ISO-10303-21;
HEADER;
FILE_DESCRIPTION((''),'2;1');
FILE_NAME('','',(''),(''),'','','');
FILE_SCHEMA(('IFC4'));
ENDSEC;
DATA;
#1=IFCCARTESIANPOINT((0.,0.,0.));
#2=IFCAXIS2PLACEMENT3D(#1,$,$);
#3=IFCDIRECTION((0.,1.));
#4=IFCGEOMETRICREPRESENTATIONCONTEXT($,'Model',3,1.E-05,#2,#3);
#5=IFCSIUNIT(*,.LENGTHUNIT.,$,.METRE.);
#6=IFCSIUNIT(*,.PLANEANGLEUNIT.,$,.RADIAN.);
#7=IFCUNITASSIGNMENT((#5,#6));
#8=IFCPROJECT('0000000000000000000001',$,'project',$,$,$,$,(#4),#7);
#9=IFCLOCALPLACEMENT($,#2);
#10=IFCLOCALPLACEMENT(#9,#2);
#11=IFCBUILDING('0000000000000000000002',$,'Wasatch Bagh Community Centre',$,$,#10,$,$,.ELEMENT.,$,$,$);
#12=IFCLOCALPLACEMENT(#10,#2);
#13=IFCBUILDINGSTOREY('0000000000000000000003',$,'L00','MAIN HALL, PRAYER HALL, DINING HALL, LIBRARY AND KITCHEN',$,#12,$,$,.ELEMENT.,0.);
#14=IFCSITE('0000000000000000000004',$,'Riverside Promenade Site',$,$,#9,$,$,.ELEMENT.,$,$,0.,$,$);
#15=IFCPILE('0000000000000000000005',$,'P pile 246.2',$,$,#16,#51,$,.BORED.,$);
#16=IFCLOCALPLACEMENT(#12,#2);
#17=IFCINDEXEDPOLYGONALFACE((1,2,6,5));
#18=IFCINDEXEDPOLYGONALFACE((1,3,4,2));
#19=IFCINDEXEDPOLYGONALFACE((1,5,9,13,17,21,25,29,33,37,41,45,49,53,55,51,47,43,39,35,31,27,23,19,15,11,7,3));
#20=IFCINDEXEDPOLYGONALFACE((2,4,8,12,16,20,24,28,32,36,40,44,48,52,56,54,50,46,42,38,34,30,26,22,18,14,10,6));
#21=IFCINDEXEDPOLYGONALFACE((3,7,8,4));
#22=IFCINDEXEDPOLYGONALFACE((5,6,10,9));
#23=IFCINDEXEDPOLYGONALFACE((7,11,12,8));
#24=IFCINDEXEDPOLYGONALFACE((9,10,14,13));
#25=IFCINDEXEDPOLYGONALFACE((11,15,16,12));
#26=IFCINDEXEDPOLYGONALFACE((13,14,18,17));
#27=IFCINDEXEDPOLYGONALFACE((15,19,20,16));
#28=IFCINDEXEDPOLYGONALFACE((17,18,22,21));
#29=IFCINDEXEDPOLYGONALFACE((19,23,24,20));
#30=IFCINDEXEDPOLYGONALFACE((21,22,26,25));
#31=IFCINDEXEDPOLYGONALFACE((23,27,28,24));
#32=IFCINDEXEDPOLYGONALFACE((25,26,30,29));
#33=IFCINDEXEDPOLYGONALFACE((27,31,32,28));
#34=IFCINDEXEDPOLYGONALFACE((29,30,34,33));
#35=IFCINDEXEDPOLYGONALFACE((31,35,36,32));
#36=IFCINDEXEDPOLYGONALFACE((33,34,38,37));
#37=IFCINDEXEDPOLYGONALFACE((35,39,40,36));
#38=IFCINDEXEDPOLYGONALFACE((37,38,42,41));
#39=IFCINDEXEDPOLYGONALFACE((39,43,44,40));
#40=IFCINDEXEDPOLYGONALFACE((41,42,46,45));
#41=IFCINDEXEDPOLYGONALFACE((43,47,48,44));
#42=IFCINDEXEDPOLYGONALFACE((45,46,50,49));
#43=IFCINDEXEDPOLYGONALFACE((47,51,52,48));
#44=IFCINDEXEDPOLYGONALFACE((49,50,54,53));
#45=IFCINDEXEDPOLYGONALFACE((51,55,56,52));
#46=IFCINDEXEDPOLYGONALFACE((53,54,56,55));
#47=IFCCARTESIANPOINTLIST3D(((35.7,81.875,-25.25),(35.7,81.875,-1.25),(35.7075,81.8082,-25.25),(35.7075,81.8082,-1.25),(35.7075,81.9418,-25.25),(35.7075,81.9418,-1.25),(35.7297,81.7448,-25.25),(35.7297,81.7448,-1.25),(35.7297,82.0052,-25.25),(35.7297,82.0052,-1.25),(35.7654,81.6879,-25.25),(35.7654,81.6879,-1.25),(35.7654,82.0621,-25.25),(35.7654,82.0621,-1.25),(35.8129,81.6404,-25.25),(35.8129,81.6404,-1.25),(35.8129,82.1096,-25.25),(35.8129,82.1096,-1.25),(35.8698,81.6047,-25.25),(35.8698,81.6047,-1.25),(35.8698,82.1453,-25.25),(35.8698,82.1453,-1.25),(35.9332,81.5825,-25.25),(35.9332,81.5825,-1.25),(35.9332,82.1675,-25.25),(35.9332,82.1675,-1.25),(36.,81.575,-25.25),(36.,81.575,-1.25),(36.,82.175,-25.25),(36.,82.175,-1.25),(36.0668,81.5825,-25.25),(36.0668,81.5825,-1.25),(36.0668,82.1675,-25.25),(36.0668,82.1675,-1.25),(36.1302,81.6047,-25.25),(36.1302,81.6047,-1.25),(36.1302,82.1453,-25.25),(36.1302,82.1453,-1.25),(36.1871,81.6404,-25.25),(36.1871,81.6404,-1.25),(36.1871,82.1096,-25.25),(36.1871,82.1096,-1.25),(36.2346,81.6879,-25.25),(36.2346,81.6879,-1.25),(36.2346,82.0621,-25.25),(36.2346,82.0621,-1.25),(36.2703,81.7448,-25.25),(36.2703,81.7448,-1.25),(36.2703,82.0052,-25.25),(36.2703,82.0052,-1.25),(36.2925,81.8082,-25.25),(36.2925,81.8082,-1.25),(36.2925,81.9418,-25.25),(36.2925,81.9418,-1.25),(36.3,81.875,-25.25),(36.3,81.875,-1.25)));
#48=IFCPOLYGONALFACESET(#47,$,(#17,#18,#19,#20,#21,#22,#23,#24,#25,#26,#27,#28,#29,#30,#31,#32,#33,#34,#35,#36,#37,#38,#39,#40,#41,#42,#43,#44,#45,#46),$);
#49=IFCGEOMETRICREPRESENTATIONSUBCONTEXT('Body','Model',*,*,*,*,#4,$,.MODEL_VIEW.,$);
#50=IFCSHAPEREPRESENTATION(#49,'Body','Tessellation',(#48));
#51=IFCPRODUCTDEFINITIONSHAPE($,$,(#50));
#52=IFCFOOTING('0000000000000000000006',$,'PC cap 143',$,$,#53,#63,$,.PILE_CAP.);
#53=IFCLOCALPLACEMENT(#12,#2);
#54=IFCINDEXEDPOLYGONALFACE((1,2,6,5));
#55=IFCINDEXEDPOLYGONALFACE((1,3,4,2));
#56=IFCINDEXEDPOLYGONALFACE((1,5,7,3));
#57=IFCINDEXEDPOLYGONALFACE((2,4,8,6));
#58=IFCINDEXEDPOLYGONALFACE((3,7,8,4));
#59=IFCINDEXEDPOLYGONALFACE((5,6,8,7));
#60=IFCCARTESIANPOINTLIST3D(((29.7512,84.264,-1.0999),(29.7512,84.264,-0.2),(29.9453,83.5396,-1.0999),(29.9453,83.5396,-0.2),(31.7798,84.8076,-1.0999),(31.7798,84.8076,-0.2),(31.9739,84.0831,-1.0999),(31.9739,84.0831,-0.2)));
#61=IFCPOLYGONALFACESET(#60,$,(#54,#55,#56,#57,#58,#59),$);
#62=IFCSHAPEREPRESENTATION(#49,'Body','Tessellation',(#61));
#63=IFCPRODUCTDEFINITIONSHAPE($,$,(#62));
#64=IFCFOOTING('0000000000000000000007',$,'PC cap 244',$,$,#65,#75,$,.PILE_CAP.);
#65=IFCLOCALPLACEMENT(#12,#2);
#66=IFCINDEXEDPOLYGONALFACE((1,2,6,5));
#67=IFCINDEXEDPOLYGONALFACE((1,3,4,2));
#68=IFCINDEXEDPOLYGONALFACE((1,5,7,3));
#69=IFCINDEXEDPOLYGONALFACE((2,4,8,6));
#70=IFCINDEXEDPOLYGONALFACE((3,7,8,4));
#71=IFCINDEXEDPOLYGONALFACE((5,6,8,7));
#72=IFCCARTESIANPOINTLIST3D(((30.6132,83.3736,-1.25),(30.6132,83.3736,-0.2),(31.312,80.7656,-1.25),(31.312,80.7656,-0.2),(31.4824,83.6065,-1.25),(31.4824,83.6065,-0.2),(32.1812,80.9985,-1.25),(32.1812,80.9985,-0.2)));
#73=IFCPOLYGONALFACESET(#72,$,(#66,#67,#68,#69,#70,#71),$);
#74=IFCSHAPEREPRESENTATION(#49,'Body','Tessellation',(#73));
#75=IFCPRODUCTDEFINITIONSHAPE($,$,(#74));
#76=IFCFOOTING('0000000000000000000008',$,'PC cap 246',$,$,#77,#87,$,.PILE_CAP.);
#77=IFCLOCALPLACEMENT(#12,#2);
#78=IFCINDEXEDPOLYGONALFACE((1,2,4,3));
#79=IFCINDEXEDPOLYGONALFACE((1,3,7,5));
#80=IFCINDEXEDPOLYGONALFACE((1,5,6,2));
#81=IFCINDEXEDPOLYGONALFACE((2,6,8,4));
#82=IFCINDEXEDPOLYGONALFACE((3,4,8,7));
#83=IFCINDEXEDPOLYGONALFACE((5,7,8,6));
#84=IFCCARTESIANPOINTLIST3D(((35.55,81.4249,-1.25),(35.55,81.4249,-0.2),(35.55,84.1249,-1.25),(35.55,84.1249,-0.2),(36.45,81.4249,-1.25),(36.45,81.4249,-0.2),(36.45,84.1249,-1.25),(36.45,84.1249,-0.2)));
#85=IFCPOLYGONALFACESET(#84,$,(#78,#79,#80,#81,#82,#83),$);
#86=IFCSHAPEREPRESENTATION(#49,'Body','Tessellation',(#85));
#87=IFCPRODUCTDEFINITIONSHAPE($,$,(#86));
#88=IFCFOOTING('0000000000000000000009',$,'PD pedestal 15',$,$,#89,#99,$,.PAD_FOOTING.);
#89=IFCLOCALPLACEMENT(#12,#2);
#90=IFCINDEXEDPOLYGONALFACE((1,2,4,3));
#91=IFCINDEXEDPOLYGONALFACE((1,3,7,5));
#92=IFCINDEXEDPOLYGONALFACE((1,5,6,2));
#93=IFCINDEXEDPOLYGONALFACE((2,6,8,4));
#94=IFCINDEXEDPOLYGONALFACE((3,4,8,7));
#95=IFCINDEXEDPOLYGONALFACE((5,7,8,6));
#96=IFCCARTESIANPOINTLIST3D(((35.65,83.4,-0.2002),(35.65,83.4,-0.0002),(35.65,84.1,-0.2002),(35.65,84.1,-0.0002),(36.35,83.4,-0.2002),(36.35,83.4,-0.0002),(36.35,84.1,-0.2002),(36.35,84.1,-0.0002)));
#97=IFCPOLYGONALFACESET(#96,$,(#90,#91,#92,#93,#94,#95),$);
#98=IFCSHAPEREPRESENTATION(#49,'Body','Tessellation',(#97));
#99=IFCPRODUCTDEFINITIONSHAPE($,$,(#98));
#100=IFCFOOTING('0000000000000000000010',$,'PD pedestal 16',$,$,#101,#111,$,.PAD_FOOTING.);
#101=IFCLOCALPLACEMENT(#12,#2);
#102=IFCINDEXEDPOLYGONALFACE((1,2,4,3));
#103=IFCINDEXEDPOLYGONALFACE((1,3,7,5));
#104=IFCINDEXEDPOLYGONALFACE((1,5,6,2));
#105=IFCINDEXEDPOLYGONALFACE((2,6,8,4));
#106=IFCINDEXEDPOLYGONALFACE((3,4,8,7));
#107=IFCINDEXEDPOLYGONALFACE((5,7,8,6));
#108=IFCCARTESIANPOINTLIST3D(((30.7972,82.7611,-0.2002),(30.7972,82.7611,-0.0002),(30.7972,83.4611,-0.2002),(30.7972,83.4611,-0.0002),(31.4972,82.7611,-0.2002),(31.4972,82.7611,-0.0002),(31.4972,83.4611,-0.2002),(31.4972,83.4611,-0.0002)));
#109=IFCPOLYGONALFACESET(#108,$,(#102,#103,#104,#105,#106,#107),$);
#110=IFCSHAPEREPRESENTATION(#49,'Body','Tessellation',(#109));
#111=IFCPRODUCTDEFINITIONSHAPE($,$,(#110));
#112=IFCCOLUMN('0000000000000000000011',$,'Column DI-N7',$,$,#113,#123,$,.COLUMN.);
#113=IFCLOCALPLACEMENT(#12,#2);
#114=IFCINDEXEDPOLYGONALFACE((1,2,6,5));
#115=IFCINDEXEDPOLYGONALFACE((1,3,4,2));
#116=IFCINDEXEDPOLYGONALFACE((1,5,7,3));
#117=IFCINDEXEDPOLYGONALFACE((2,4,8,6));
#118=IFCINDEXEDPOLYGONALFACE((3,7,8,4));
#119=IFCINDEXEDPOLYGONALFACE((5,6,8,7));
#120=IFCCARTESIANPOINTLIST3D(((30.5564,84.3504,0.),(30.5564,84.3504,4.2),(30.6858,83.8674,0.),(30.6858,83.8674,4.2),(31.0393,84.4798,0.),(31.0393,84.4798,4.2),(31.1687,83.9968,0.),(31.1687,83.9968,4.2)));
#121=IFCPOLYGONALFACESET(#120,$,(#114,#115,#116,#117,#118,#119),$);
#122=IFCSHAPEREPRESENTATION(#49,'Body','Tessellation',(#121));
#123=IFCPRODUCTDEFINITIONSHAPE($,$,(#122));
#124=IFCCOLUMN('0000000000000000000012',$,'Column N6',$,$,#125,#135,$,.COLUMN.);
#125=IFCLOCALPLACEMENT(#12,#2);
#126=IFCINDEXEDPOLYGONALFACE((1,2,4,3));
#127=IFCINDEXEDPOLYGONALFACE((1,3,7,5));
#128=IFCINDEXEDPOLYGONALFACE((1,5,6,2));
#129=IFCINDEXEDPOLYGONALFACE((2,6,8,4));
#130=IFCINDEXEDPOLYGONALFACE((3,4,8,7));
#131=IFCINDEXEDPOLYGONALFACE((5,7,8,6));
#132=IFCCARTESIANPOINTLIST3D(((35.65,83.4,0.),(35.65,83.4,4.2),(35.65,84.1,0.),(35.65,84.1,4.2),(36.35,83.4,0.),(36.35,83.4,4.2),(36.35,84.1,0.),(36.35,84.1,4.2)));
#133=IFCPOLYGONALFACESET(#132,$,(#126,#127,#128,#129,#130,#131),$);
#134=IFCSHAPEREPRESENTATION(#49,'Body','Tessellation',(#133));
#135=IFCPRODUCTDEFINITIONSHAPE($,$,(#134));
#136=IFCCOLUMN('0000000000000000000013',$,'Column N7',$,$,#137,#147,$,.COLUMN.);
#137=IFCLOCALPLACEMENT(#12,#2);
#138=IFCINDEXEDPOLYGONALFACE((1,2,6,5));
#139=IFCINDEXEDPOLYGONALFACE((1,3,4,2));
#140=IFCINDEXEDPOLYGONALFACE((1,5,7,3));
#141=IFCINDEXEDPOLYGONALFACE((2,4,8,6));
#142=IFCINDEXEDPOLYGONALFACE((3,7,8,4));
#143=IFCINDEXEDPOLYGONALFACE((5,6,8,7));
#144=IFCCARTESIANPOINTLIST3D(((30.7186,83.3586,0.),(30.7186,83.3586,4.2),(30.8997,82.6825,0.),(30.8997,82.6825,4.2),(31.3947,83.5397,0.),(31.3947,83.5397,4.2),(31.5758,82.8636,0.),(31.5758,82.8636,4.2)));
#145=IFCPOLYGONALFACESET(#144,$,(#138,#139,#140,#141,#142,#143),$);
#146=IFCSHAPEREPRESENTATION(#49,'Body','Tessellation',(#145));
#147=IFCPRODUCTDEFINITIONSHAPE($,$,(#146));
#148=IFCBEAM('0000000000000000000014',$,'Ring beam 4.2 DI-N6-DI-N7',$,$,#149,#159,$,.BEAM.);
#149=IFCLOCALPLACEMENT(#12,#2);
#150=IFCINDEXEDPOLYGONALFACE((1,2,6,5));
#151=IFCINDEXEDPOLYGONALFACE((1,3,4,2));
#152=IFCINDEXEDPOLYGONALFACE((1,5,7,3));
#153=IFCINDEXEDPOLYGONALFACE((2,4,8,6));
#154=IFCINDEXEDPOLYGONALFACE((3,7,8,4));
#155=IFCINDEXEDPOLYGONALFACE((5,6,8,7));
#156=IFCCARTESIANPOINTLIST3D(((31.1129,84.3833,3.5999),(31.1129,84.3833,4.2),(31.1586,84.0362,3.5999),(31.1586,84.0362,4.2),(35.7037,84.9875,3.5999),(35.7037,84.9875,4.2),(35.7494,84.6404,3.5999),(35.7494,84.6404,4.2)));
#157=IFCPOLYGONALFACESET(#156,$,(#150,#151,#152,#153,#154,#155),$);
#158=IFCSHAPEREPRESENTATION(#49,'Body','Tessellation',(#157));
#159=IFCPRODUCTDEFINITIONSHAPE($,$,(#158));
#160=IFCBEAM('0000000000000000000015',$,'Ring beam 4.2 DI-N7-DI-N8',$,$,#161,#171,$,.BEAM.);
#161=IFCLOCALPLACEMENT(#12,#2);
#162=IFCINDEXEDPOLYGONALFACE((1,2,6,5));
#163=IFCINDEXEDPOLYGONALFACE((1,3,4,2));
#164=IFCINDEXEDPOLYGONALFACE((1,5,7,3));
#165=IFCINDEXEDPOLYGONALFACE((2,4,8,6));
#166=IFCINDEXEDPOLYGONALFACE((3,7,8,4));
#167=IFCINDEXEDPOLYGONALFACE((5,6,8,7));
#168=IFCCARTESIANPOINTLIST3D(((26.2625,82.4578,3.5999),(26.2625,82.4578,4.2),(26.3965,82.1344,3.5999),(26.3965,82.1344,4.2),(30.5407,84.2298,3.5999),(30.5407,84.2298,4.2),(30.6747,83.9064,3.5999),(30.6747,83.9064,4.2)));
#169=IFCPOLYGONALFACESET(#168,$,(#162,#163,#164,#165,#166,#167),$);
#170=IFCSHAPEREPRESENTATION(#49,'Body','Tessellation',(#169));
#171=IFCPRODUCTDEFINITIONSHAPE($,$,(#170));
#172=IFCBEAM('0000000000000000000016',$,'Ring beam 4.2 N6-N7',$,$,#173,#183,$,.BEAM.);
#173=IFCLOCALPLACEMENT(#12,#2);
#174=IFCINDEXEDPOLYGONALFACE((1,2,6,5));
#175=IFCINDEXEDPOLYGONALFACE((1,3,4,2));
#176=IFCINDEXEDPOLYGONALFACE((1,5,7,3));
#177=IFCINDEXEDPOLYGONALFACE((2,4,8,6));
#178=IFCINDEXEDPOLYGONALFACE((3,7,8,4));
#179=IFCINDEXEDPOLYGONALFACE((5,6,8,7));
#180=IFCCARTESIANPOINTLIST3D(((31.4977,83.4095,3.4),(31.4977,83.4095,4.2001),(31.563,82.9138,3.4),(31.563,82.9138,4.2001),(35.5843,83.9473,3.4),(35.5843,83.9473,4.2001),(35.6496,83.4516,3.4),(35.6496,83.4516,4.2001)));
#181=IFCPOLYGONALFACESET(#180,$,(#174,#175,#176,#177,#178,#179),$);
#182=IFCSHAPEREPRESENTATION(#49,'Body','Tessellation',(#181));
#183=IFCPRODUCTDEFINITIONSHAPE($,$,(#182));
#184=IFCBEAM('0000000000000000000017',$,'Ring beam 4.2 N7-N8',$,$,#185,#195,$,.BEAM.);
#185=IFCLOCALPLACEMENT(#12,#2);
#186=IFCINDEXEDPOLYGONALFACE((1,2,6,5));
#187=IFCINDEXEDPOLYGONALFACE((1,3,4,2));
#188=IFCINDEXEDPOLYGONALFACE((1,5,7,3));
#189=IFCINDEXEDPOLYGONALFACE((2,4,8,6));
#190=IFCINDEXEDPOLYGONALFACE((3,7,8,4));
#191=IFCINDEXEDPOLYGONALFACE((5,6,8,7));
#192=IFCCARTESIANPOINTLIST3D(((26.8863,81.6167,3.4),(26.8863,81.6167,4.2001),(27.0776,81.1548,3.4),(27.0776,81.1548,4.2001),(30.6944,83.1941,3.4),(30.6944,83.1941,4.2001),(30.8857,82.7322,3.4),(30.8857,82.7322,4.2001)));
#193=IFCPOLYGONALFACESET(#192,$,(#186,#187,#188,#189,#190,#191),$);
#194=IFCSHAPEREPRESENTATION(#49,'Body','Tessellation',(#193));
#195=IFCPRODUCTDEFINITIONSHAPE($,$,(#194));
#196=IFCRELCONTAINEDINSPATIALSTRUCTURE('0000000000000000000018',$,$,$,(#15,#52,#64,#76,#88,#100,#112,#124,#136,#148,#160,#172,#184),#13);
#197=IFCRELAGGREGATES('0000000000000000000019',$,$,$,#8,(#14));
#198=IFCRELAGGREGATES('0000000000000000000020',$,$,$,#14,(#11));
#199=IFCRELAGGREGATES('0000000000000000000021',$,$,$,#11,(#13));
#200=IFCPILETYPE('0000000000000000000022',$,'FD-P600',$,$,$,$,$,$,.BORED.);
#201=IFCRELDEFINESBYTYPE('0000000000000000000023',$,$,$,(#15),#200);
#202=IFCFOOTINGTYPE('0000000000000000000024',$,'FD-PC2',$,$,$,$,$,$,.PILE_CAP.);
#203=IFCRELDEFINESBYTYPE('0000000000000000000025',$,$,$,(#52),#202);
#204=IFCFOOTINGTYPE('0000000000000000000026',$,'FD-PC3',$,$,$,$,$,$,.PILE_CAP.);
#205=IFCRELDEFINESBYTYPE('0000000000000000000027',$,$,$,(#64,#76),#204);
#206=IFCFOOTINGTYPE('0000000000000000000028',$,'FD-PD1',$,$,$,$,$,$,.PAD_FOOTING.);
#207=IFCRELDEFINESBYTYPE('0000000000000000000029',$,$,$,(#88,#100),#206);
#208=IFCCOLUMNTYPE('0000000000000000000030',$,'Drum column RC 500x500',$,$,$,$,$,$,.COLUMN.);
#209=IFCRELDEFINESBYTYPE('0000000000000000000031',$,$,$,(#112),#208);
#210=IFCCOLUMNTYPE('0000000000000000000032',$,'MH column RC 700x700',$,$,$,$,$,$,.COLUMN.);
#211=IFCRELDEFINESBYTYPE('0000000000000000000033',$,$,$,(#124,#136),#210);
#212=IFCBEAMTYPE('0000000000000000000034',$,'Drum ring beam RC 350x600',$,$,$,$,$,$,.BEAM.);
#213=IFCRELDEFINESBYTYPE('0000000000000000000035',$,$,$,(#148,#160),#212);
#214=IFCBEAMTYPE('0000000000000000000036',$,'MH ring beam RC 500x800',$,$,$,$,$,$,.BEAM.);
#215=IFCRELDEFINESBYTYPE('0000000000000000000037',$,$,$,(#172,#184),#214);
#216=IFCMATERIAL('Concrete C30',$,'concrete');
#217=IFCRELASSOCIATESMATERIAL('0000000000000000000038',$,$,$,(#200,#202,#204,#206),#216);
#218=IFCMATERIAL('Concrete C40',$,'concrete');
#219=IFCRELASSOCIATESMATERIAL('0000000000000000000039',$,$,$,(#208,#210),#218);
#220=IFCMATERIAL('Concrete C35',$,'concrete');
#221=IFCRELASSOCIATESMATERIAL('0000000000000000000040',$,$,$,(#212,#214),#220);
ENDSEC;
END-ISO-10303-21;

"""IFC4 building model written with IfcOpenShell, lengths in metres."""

from ifc_helpers import new_model, si_unit, direction, frame, origin, origin_2d, place, context, subcontext, project, spatial, rectangle, circle, extrude, material, material_profile, profile_set, type_object, element, save


model = new_model("IFC4")

# Units and contexts
model_context = context("Model", 3, precision=1e-05, world=origin(), true_north=direction((0.0, 1.0)))
body_context = subcontext(model_context, "Body", "Model", "MODEL_VIEW")
ifc_project = project(units=[si_unit("LENGTHUNIT", "METRE"), si_unit("PLANEANGLEUNIT", "RADIAN")], contexts=[model_context])

# Site, building, storey
site_placement = place(None, origin())
site = spatial("IfcSite", under=ifc_project, at=site_placement, Name="Riverside Promenade Site", CompositionType="ELEMENT", RefElevation=0.0)
building_placement = place(site_placement, origin())
building = spatial("IfcBuilding", under=site, at=building_placement, Name="Wasatch Bagh Community Centre", CompositionType="ELEMENT")
storey_placement = place(building_placement, origin())
storey = spatial("IfcBuildingStorey", under=building, at=storey_placement, Name="L00", Description="MAIN HALL, PRAYER HALL, DINING HALL, LIBRARY AND KITCHEN", CompositionType="ELEMENT", Elevation=0.0)

# Shared definitions
ifc_material_1 = material(Name="Concrete C35", Category="concrete")

# Pile
ifc_material_2 = material(Name="Concrete C30", Category="concrete")
ifc_material_profile_1 = material_profile(ifc_material_2, circle(Radius=0.3, at=origin_2d()), Name="RC D600")
ifc_profile_set_1 = profile_set([ifc_material_profile_1], Name="Concrete C30")
pile_type_1 = type_object("IfcPileType", Name="FD-P600", PredefinedType="BORED", material=ifc_profile_set_1)
for number, where, z_axis, x_axis, name in (
    (1, (36.0, 81.875, -1.25), (0.0, 0.0, -1.0), (1.0, 0.0, 0.0), "P pile 246.2"),
):
    element("IfcPile", number, at=place(storey_placement, frame(where, z_axis=z_axis, x_axis=x_axis)), inside=storey, type_object=pile_type_1, Name=name, PredefinedType="BORED", context=body_context, shape_type="SweptSolid", body=[
        extrude(circle(Radius=0.3, at=origin_2d()), origin(), (0.0, 0.0, 1.0), 24.0),
    ])

# Footings
footing_type_1 = type_object("IfcFootingType", Name="FD-PC2", PredefinedType="PILE_CAP", material=ifc_material_2)
footing_1_placement = place(storey_placement, frame((30.8625, 84.1736, -1.0999), z_axis=(0.0, 0.0, 1.0), x_axis=(-0.965926, -0.258819, 0.0)))
element("IfcFooting", 2, at=footing_1_placement, inside=storey, type_object=footing_type_1, Name="PC cap 143", PredefinedType="PILE_CAP", context=body_context, shape_type="SweptSolid", body=[
    extrude(rectangle(XDim=2.1001, YDim=0.75, at=origin_2d()), origin(), (0.0, 0.0, 1.0), 0.8999),
])
footing_type_2 = type_object("IfcFootingType", Name="FD-PC3", PredefinedType="PILE_CAP", material=ifc_material_2)
for number, where, z_axis, x_axis, name in (
    (3, (31.3972, 82.186, -1.25), (0.0, 0.0, 1.0), (0.258819, -0.965926, 0.0), "PC cap 244"),
    (4, (36.0, 82.7749, -1.25), (0.0, 0.0, 1.0), (0.0, -1.0, 0.0), "PC cap 246"),
):
    element("IfcFooting", number, at=place(storey_placement, frame(where, z_axis=z_axis, x_axis=x_axis)), inside=storey, type_object=footing_type_2, Name=name, PredefinedType="PILE_CAP", context=body_context, shape_type="SweptSolid", body=[
        extrude(rectangle(XDim=2.7, YDim=0.8999, at=origin_2d()), origin(), (0.0, 0.0, 1.0), 1.05),
    ])
footing_type_3 = type_object("IfcFootingType", Name="FD-PD1", PredefinedType="PAD_FOOTING", material=ifc_material_2)
for number, where, z_axis, x_axis, name in (
    (5, (36.0, 83.75, -0.2002), (0.0, 0.0, 1.0), (1.0, 0.0, 0.0), "PD pedestal 15"),
    (6, (31.1472, 83.1111, -0.2002), (0.0, 0.0, 1.0), (1.0, 0.0, 0.0), "PD pedestal 16"),
):
    element("IfcFooting", number, at=place(storey_placement, frame(where, z_axis=z_axis, x_axis=x_axis)), inside=storey, type_object=footing_type_3, Name=name, PredefinedType="PAD_FOOTING", context=body_context, shape_type="SweptSolid", body=[
        extrude(rectangle(XDim=0.7, YDim=0.7, at=origin_2d()), origin(), (0.0, 0.0, 1.0), 0.2),
    ])

# Columns
ifc_material_3 = material(Name="Concrete C40", Category="concrete")
ifc_material_profile_2 = material_profile(ifc_material_3, rectangle(XDim=0.5, YDim=0.5, at=origin_2d()), Name="RC 500x500")
ifc_profile_set_2 = profile_set([ifc_material_profile_2], Name="Concrete C40")
column_type_1 = type_object("IfcColumnType", Name="Drum column RC 500x500", PredefinedType="COLUMN", material=ifc_profile_set_2)
column_placement = place(storey_placement, frame((30.8625, 84.1736, 0.0), z_axis=(0.0, 0.0, 1.0), x_axis=(0.965926, 0.258819, 0.0)))
element("IfcColumn", 7, at=column_placement, inside=storey, type_object=column_type_1, Name="Column DI-N7", PredefinedType="COLUMN", context=body_context, shape_type="SweptSolid", body=[
    extrude(rectangle(XDim=0.5, YDim=0.5, at=origin_2d()), origin(), (0.0, 0.0, 1.0), 4.2),
])
ifc_material_profile_3 = material_profile(ifc_material_3, rectangle(XDim=0.7, YDim=0.7, at=origin_2d()), Name="RC 700x700")
ifc_profile_set_3 = profile_set([ifc_material_profile_3], Name="Concrete C40")
column_type_2 = type_object("IfcColumnType", Name="MH column RC 700x700", PredefinedType="COLUMN", material=ifc_profile_set_3)
for number, where, z_axis, x_axis, name in (
    (8, (36.0, 83.75, 0.0), (0.0, 0.0, 1.0), (1.0, 0.0, 0.0), "Column N6"),
    (9, (31.1472, 83.1111, 0.0), (0.0, 0.0, 1.0), (0.965926, 0.258819, 0.0), "Column N7"),
):
    element("IfcColumn", number, at=place(storey_placement, frame(where, z_axis=z_axis, x_axis=x_axis)), inside=storey, type_object=column_type_2, Name=name, PredefinedType="COLUMN", context=body_context, shape_type="SweptSolid", body=[
        extrude(rectangle(XDim=0.7, YDim=0.7, at=origin_2d()), origin(), (0.0, 0.0, 1.0), 4.2),
    ])

# Beams
ifc_material_profile_4 = material_profile(ifc_material_1, rectangle(XDim=0.3501, YDim=0.6001, at=origin_2d()), Name="RC 350x600")
ifc_profile_set_4 = profile_set([ifc_material_profile_4], Name="Concrete C35")
beam_type_1 = type_object("IfcBeamType", Name="Drum ring beam RC 350x600", PredefinedType="BEAM", material=ifc_profile_set_4)
beam_1_placement = place(storey_placement, frame((35.7266, 84.814, 3.8999), z_axis=(-0.991449, -0.130495, 0.0), x_axis=(0.130495, -0.991449, 0.0)))
element("IfcBeam", 10, at=beam_1_placement, inside=storey, type_object=beam_type_1, Name="Ring beam 4.2 DI-N6-DI-N7", PredefinedType="BEAM", context=body_context, shape_type="SweptSolid", body=[
    extrude(rectangle(XDim=0.3501, YDim=0.6001, at=origin_2d()), origin(), (0.0, 0.0, 1.0), 4.6304),
])
beam_2_placement = place(storey_placement, frame((30.6077, 84.0681, 3.8999), z_axis=(-0.923884, -0.382672, 0.0), x_axis=(0.382672, -0.923884, 0.0)))
element("IfcBeam", 11, at=beam_2_placement, inside=storey, type_object=beam_type_1, Name="Ring beam 4.2 DI-N7-DI-N8", PredefinedType="BEAM", context=body_context, shape_type="SweptSolid", body=[
    extrude(rectangle(XDim=0.3501, YDim=0.6001, at=origin_2d()), origin(), (0.0, 0.0, 1.0), 4.6306),
])
ifc_material_profile_5 = material_profile(ifc_material_1, rectangle(XDim=0.5, YDim=0.8, at=origin_2d()), Name="RC 500x800")
ifc_profile_set_5 = profile_set([ifc_material_profile_5], Name="Concrete C35")
beam_type_2 = type_object("IfcBeamType", Name="MH ring beam RC 500x800", PredefinedType="BEAM", material=ifc_profile_set_5)
for number, where, z_axis, x_axis, name in (
    (12, (35.6169, 83.6995, 3.8), (-0.99145, -0.130484, 0.0), (0.130484, -0.99145, 0.0), "Ring beam 4.2 N6-N7"),
    (13, (30.79, 82.9631, 3.8), (-0.923878, -0.382688, 0.0), (0.382688, -0.923878, 0.0), "Ring beam 4.2 N7-N8"),
):
    element("IfcBeam", number, at=place(storey_placement, frame(where, z_axis=z_axis, x_axis=x_axis)), inside=storey, type_object=beam_type_2, Name=name, PredefinedType="BEAM", context=body_context, shape_type="SweptSolid", body=[
        extrude(rectangle(XDim=0.5, YDim=0.8, at=origin_2d()), origin(), (0.0, 0.0, 1.0), 4.1218),
    ])

save(model, "model.ifc")
